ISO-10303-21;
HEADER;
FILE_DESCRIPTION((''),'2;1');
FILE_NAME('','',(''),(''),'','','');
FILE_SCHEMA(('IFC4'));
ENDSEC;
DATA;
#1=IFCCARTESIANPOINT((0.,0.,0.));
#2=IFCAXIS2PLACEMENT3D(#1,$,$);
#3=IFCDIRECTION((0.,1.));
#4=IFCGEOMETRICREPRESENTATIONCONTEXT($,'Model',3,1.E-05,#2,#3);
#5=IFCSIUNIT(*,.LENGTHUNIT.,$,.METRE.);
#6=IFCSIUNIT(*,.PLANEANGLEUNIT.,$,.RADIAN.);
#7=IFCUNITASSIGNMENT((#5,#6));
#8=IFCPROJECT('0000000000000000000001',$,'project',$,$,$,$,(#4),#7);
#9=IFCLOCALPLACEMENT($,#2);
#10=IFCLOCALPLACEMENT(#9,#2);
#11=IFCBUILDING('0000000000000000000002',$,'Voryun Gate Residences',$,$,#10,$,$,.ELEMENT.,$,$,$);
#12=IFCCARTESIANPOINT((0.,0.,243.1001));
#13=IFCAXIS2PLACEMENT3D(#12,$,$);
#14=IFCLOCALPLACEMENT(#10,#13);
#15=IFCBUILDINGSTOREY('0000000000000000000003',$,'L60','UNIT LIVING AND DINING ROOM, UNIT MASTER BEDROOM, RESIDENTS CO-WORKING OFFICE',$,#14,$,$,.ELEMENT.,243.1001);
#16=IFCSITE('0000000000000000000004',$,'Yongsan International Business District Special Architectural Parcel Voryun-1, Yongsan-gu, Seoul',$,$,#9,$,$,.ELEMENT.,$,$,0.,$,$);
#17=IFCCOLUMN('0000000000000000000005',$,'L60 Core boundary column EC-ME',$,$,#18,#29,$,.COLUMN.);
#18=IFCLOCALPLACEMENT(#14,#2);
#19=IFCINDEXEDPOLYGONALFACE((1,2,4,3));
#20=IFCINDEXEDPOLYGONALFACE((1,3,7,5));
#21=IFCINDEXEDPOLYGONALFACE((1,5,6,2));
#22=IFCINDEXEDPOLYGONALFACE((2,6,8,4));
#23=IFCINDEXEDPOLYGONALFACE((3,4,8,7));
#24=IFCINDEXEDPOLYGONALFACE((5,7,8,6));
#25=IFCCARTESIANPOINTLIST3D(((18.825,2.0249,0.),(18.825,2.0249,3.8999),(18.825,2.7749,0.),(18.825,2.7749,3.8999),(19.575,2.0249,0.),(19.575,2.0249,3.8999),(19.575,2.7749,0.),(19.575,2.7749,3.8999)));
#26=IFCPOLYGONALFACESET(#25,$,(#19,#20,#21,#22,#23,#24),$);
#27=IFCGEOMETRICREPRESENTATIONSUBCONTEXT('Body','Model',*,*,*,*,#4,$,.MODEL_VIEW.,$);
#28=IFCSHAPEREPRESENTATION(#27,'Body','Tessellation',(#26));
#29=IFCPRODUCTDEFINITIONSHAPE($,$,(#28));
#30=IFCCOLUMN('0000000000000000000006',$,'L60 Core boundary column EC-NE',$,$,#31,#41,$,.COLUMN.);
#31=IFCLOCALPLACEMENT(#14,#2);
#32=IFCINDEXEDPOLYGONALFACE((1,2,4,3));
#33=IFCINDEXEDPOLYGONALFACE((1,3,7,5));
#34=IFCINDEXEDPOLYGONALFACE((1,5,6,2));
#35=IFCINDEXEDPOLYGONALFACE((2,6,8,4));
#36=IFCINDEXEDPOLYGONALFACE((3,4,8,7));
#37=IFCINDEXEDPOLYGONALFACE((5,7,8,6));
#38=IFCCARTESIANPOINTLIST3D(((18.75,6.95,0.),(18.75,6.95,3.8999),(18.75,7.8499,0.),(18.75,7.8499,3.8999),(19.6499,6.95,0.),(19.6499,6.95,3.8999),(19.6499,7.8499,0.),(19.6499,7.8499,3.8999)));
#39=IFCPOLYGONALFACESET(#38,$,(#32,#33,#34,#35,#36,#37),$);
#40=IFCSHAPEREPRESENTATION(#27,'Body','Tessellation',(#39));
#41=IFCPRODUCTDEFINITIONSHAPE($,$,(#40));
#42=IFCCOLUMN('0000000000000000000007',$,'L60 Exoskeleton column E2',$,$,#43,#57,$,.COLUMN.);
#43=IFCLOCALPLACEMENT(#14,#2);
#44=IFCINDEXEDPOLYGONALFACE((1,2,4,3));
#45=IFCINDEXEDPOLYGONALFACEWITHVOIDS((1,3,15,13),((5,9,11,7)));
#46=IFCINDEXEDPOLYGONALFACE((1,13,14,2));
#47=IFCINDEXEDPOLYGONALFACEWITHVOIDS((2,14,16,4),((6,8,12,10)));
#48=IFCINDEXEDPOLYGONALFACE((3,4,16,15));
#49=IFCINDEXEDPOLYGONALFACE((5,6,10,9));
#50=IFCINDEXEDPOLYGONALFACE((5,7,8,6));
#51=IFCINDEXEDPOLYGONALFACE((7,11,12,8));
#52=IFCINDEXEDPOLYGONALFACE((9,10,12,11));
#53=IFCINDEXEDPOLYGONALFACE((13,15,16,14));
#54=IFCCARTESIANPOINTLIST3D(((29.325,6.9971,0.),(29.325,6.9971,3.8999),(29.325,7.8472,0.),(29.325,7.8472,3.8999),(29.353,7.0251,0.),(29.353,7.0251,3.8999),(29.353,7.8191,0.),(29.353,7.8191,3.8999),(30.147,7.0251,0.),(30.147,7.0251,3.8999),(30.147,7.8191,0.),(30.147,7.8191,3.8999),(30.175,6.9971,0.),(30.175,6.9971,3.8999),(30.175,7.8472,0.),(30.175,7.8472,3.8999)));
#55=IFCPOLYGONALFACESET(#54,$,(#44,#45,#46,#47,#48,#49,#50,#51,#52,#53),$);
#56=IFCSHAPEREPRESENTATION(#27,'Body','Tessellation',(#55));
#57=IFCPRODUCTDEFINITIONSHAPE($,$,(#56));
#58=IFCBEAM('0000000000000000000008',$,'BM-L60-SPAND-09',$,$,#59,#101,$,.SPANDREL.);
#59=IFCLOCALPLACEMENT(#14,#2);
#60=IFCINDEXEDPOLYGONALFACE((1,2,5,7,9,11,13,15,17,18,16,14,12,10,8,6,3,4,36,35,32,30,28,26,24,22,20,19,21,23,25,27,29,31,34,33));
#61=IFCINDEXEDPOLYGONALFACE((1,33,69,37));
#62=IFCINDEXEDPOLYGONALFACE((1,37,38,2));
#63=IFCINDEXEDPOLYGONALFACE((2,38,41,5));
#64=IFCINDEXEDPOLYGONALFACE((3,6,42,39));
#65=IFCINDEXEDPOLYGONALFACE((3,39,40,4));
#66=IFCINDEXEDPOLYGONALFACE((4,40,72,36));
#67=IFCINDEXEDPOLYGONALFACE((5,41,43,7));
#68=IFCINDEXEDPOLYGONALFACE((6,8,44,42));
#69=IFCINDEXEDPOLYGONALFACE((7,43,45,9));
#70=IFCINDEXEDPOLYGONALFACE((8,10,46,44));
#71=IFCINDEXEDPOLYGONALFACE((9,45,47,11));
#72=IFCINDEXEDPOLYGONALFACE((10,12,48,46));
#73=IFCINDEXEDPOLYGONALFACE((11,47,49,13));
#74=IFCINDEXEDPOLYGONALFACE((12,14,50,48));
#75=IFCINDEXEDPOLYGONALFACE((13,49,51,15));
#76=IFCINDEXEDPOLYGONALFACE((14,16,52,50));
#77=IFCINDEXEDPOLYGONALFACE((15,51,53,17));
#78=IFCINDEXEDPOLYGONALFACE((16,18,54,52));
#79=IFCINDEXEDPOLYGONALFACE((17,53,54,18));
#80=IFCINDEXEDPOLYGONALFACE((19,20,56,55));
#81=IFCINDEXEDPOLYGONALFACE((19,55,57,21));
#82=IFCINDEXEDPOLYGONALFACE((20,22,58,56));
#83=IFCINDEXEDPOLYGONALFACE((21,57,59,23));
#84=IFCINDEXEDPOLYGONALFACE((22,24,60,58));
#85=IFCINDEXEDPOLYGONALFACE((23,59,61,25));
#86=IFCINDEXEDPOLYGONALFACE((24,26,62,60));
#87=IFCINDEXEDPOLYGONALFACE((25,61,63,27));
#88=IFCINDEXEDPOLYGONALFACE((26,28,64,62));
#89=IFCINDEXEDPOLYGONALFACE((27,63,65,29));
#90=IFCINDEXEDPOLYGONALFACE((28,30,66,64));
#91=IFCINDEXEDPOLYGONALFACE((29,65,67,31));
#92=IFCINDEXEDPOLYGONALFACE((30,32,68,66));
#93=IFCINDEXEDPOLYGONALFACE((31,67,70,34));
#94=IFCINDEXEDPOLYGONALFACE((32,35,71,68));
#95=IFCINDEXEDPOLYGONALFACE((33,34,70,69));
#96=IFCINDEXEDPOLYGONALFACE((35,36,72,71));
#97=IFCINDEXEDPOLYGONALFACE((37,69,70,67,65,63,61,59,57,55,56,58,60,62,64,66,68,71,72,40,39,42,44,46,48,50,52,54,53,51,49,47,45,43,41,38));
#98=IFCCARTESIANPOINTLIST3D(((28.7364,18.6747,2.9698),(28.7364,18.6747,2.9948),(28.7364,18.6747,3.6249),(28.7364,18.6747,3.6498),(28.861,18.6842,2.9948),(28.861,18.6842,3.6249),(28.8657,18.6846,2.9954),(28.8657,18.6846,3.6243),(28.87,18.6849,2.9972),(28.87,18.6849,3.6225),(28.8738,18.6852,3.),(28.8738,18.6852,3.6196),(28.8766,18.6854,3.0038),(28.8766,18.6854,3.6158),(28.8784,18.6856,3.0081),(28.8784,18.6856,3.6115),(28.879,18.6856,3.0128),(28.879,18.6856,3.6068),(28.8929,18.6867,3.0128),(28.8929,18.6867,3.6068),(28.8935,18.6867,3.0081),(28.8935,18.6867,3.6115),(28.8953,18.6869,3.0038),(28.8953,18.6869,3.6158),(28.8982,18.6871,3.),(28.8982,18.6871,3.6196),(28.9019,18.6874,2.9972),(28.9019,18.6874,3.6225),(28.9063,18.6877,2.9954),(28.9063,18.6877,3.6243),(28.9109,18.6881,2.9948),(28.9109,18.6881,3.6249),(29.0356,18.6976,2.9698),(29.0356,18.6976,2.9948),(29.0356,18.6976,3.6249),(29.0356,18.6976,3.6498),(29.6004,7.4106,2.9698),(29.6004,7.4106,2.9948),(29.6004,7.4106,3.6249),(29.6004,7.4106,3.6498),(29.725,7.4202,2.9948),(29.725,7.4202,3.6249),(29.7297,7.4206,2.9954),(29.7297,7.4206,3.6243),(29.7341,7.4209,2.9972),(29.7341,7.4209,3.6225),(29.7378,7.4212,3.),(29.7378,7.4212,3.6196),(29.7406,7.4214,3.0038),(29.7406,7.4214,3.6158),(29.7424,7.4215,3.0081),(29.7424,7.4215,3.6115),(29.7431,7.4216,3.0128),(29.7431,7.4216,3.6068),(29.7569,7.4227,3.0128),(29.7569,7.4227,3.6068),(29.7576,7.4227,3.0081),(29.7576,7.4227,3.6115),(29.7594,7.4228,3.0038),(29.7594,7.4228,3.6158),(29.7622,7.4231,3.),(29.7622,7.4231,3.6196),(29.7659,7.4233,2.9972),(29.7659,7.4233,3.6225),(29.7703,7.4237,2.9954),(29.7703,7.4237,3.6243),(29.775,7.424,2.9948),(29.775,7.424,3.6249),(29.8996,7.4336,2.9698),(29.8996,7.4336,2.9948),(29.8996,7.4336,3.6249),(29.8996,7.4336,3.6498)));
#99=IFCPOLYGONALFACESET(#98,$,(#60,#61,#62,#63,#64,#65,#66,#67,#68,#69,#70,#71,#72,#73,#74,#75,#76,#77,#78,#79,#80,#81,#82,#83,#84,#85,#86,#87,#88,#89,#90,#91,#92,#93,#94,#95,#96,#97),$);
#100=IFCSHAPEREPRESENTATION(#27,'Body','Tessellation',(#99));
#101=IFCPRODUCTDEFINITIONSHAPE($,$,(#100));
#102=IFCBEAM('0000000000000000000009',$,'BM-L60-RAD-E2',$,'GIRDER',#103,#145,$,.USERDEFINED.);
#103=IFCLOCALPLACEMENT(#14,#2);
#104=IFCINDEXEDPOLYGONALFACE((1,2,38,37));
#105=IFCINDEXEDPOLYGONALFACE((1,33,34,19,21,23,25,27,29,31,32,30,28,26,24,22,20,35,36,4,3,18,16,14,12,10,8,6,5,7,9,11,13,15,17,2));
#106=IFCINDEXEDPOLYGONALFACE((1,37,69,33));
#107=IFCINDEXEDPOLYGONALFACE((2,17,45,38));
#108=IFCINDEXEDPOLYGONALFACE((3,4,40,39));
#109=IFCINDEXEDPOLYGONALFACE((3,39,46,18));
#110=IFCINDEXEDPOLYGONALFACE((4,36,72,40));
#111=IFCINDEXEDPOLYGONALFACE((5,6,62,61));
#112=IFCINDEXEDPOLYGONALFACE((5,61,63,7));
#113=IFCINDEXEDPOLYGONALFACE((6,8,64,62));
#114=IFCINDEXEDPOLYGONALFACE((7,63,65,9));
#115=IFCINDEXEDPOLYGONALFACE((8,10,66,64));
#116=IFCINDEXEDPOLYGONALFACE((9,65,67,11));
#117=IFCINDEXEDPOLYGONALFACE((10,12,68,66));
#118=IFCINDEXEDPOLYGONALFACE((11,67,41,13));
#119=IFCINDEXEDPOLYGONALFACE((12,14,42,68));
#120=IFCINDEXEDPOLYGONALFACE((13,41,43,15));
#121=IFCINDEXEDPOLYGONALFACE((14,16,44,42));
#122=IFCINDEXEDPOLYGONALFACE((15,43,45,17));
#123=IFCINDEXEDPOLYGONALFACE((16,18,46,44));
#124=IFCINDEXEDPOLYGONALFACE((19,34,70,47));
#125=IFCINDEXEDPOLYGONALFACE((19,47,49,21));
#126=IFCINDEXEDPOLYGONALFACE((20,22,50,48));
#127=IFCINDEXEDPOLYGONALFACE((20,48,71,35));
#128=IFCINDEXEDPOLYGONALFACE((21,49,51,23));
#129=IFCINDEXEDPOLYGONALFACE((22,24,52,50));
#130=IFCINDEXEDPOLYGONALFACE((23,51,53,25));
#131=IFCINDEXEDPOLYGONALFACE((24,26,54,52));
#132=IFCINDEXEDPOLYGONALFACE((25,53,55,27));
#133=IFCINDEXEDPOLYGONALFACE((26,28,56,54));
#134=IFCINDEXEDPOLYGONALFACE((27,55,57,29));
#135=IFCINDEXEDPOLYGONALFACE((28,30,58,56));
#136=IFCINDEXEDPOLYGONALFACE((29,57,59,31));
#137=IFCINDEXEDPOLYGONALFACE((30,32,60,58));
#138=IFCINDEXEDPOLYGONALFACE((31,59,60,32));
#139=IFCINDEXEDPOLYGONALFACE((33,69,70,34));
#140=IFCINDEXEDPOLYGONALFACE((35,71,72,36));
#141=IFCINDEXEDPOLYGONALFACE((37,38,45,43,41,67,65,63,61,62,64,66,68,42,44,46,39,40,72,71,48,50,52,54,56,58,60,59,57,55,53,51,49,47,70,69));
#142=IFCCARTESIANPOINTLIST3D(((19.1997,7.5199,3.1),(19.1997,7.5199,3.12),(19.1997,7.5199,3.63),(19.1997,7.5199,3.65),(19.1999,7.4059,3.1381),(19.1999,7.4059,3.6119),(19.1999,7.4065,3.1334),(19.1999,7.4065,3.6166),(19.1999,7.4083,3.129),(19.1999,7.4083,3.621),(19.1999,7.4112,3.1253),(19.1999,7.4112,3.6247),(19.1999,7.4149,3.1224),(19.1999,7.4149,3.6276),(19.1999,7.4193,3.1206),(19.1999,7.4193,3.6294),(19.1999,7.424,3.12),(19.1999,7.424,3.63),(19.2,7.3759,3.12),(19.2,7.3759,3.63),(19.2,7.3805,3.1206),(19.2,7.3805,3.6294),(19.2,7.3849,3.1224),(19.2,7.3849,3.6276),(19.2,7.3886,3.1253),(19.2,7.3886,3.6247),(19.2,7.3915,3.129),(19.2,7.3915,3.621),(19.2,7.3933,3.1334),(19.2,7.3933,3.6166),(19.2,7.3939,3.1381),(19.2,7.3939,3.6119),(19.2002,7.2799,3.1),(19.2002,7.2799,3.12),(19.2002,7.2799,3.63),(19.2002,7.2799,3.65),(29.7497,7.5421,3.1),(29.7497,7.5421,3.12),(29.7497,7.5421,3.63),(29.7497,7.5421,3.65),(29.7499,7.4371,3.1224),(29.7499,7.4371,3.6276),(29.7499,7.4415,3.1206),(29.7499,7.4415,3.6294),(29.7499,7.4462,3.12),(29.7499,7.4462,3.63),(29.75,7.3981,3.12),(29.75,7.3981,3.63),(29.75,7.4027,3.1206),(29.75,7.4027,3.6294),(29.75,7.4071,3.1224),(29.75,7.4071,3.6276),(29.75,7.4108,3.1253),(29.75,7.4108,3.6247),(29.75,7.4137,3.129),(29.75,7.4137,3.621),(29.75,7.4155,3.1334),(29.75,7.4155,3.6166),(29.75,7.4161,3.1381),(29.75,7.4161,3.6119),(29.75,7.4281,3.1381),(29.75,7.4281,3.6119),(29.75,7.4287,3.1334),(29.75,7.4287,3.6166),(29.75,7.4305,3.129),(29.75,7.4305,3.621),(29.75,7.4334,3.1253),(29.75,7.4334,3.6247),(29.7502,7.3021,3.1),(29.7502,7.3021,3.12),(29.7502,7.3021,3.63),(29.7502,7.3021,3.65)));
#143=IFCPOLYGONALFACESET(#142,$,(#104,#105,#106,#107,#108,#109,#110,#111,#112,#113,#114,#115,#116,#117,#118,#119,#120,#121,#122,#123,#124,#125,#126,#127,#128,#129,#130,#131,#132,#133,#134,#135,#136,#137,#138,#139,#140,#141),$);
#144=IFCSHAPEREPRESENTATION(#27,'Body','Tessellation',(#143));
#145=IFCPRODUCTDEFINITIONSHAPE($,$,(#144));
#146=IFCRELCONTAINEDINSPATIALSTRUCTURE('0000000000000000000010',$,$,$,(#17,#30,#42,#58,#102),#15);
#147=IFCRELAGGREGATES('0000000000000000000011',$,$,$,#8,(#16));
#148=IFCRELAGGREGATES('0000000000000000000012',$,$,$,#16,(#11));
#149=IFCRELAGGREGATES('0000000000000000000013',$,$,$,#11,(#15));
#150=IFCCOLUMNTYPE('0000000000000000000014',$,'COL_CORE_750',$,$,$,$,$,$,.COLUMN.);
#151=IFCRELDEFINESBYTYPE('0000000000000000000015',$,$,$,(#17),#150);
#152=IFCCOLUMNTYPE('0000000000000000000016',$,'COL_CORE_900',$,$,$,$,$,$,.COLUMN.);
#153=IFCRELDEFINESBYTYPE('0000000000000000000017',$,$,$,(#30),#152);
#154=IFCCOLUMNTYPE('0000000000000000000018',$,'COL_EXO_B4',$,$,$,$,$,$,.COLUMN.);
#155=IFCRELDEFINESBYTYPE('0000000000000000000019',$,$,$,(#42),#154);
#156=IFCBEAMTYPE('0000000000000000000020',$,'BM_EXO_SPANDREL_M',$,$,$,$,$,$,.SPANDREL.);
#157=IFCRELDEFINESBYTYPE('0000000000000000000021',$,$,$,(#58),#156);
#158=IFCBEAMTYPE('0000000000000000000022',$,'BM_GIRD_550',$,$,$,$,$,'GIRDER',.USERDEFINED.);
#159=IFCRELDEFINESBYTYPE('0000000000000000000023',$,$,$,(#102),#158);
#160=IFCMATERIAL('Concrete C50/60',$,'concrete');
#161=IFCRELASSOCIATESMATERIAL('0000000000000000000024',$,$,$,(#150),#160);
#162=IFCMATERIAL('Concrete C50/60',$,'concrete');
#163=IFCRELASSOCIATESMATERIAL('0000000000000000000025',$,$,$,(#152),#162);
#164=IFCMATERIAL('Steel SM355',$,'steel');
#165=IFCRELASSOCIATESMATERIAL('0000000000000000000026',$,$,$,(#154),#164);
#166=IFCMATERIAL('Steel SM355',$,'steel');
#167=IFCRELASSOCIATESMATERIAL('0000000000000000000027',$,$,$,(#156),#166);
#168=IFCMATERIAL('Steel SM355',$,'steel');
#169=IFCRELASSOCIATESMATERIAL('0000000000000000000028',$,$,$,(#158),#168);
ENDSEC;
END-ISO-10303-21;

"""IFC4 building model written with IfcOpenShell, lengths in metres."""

from ifc_helpers import new_model, si_unit, direction, frame, origin, origin_2d, place, context, subcontext, project, spatial, rectangle, hollow_rectangle, i_section, extrude, material, material_profile, profile_set, type_object, element, save


model = new_model("IFC4")

# Units and contexts
model_context = context("Model", 3, precision=1e-05, world=origin(), true_north=direction((0.0, 1.0)))
body_context = subcontext(model_context, "Body", "Model", "MODEL_VIEW")
ifc_project = project(units=[si_unit("LENGTHUNIT", "METRE"), si_unit("PLANEANGLEUNIT", "RADIAN")], contexts=[model_context])

# Site, building, storey
site_placement = place(None, origin())
site = spatial("IfcSite", under=ifc_project, at=site_placement, Name="Yongsan International Business District Special Architectural Parcel Voryun-1, Yongsan-gu, Seoul", CompositionType="ELEMENT", RefElevation=0.0)
building_placement = place(site_placement, origin())
building = spatial("IfcBuilding", under=site, at=building_placement, Name="Voryun Gate Residences", CompositionType="ELEMENT")
storey_placement = place(building_placement, frame((0.0, 0.0, 243.1001)))
storey = spatial("IfcBuildingStorey", under=building, at=storey_placement, Name="L60", Description="UNIT LIVING AND DINING ROOM, UNIT MASTER BEDROOM, RESIDENTS CO-WORKING OFFICE", CompositionType="ELEMENT", Elevation=243.1001)

# Columns
ifc_material_1 = material(Name="Concrete C50/60", Category="concrete")
ifc_material_profile_1 = material_profile(ifc_material_1, rectangle(XDim=0.75, YDim=0.75, at=origin_2d()), Name="RC-750x750")
ifc_profile_set_1 = profile_set([ifc_material_profile_1], Name="Concrete C50/60")
column_type_1 = type_object("IfcColumnType", Name="COL_CORE_750", PredefinedType="COLUMN", material=ifc_profile_set_1)
column_1_placement = place(storey_placement, frame((19.2, 2.3999, 0.0), z_axis=(0.0, 0.0, 1.0), x_axis=(1.0, 0.0, 0.0)))
element("IfcColumn", 1, at=column_1_placement, inside=storey, type_object=column_type_1, Name="L60 Core boundary column EC-ME", PredefinedType="COLUMN", context=body_context, shape_type="SweptSolid", body=[
    extrude(rectangle(XDim=0.75, YDim=0.75, at=origin_2d()), origin(), (0.0, 0.0, 1.0), 3.8999),
])
ifc_material_2 = material(Name="Concrete C50/60", Category="concrete")
ifc_material_profile_2 = material_profile(ifc_material_2, rectangle(XDim=0.8999, YDim=0.8999, at=origin_2d()), Name="RC-900x900")
ifc_profile_set_2 = profile_set([ifc_material_profile_2], Name="Concrete C50/60")
column_type_2 = type_object("IfcColumnType", Name="COL_CORE_900", PredefinedType="COLUMN", material=ifc_profile_set_2)
column_2_placement = place(storey_placement, frame((19.2, 7.3999, 0.0), z_axis=(0.0, 0.0, 1.0), x_axis=(1.0, 0.0, 0.0)))
element("IfcColumn", 2, at=column_2_placement, inside=storey, type_object=column_type_2, Name="L60 Core boundary column EC-NE", PredefinedType="COLUMN", context=body_context, shape_type="SweptSolid", body=[
    extrude(rectangle(XDim=0.8999, YDim=0.8999, at=origin_2d()), origin(), (0.0, 0.0, 1.0), 3.8999),
])
ifc_material_3 = material(Name="Steel SM355", Category="steel")
ifc_material_profile_3 = material_profile(ifc_material_3, hollow_rectangle(XDim=0.8501, YDim=0.8501, WallThickness=0.0281, at=origin_2d()), Name="BOX-850x850x28")
ifc_profile_set_3 = profile_set([ifc_material_profile_3], Name="Steel SM355")
column_type_3 = type_object("IfcColumnType", Name="COL_EXO_B4", PredefinedType="COLUMN", material=ifc_profile_set_3)
column_3_placement = place(storey_placement, frame((29.75, 7.4221, 0.0), z_axis=(0.0, 0.0, 1.0), x_axis=(1.0, 0.0, 0.0)))
element("IfcColumn", 3, at=column_3_placement, inside=storey, type_object=column_type_3, Name="L60 Exoskeleton column E2", PredefinedType="COLUMN", context=body_context, shape_type="SweptSolid", body=[
    extrude(hollow_rectangle(XDim=0.8501, YDim=0.8501, WallThickness=0.0281, at=origin_2d()), origin(), (0.0, 0.0, 1.0), 3.8999),
])

# Beams
ifc_material_4 = material(Name="Steel SM355", Category="steel")
ifc_material_profile_4 = material_profile(ifc_material_4, i_section(OverallWidth=0.3, OverallDepth=0.6799, WebThickness=0.0139, FlangeThickness=0.0249, FilletRadius=0.0181, at=origin_2d()), Name="H-680x300x14x25")
ifc_profile_set_4 = profile_set([ifc_material_profile_4], Name="Steel SM355")
beam_type_1 = type_object("IfcBeamType", Name="BM_EXO_SPANDREL_M", PredefinedType="SPANDREL", material=ifc_profile_set_4)
beam_1_placement = place(storey_placement, frame((29.75, 7.4221, 3.3098), z_axis=(-0.076482, 0.997071, 0.0), x_axis=(-0.997071, -0.076482, 0.0)))
element("IfcBeam", 4, at=beam_1_placement, inside=storey, type_object=beam_type_1, Name="BM-L60-SPAND-09", PredefinedType="SPANDREL", context=body_context, shape_type="SweptSolid", body=[
    extrude(i_section(OverallWidth=0.3, OverallDepth=0.6799, WebThickness=0.0139, FlangeThickness=0.0249, FilletRadius=0.0181, at=origin_2d()), origin(), (0.0, 0.0, 1.0), 11.2971),
])
ifc_material_5 = material(Name="Steel SM355", Category="steel")
ifc_material_profile_5 = material_profile(ifc_material_5, i_section(OverallWidth=0.24, OverallDepth=0.55, WebThickness=0.012, FlangeThickness=0.02, FilletRadius=0.0181, at=origin_2d()), Name="H-550x240x12x20")
ifc_profile_set_5 = profile_set([ifc_material_profile_5], Name="Steel SM355")
beam_type_2 = type_object("IfcBeamType", Name="BM_GIRD_550", ElementType="GIRDER", PredefinedType="USERDEFINED", material=ifc_profile_set_5)
beam_2_placement = place(storey_placement, frame((19.2, 7.3999, 3.375), z_axis=(0.999998, 0.002106, 0.0), x_axis=(-0.002106, 0.999998, 0.0)))
element("IfcBeam", 5, at=beam_2_placement, inside=storey, type_object=beam_type_2, Name="BM-L60-RAD-E2", ObjectType="GIRDER", PredefinedType="USERDEFINED", context=body_context, shape_type="SweptSolid", body=[
    extrude(i_section(OverallWidth=0.24, OverallDepth=0.55, WebThickness=0.012, FlangeThickness=0.02, FilletRadius=0.0181, at=origin_2d()), origin(), (0.0, 0.0, 1.0), 10.55),
])

save(model, "model.ifc")
